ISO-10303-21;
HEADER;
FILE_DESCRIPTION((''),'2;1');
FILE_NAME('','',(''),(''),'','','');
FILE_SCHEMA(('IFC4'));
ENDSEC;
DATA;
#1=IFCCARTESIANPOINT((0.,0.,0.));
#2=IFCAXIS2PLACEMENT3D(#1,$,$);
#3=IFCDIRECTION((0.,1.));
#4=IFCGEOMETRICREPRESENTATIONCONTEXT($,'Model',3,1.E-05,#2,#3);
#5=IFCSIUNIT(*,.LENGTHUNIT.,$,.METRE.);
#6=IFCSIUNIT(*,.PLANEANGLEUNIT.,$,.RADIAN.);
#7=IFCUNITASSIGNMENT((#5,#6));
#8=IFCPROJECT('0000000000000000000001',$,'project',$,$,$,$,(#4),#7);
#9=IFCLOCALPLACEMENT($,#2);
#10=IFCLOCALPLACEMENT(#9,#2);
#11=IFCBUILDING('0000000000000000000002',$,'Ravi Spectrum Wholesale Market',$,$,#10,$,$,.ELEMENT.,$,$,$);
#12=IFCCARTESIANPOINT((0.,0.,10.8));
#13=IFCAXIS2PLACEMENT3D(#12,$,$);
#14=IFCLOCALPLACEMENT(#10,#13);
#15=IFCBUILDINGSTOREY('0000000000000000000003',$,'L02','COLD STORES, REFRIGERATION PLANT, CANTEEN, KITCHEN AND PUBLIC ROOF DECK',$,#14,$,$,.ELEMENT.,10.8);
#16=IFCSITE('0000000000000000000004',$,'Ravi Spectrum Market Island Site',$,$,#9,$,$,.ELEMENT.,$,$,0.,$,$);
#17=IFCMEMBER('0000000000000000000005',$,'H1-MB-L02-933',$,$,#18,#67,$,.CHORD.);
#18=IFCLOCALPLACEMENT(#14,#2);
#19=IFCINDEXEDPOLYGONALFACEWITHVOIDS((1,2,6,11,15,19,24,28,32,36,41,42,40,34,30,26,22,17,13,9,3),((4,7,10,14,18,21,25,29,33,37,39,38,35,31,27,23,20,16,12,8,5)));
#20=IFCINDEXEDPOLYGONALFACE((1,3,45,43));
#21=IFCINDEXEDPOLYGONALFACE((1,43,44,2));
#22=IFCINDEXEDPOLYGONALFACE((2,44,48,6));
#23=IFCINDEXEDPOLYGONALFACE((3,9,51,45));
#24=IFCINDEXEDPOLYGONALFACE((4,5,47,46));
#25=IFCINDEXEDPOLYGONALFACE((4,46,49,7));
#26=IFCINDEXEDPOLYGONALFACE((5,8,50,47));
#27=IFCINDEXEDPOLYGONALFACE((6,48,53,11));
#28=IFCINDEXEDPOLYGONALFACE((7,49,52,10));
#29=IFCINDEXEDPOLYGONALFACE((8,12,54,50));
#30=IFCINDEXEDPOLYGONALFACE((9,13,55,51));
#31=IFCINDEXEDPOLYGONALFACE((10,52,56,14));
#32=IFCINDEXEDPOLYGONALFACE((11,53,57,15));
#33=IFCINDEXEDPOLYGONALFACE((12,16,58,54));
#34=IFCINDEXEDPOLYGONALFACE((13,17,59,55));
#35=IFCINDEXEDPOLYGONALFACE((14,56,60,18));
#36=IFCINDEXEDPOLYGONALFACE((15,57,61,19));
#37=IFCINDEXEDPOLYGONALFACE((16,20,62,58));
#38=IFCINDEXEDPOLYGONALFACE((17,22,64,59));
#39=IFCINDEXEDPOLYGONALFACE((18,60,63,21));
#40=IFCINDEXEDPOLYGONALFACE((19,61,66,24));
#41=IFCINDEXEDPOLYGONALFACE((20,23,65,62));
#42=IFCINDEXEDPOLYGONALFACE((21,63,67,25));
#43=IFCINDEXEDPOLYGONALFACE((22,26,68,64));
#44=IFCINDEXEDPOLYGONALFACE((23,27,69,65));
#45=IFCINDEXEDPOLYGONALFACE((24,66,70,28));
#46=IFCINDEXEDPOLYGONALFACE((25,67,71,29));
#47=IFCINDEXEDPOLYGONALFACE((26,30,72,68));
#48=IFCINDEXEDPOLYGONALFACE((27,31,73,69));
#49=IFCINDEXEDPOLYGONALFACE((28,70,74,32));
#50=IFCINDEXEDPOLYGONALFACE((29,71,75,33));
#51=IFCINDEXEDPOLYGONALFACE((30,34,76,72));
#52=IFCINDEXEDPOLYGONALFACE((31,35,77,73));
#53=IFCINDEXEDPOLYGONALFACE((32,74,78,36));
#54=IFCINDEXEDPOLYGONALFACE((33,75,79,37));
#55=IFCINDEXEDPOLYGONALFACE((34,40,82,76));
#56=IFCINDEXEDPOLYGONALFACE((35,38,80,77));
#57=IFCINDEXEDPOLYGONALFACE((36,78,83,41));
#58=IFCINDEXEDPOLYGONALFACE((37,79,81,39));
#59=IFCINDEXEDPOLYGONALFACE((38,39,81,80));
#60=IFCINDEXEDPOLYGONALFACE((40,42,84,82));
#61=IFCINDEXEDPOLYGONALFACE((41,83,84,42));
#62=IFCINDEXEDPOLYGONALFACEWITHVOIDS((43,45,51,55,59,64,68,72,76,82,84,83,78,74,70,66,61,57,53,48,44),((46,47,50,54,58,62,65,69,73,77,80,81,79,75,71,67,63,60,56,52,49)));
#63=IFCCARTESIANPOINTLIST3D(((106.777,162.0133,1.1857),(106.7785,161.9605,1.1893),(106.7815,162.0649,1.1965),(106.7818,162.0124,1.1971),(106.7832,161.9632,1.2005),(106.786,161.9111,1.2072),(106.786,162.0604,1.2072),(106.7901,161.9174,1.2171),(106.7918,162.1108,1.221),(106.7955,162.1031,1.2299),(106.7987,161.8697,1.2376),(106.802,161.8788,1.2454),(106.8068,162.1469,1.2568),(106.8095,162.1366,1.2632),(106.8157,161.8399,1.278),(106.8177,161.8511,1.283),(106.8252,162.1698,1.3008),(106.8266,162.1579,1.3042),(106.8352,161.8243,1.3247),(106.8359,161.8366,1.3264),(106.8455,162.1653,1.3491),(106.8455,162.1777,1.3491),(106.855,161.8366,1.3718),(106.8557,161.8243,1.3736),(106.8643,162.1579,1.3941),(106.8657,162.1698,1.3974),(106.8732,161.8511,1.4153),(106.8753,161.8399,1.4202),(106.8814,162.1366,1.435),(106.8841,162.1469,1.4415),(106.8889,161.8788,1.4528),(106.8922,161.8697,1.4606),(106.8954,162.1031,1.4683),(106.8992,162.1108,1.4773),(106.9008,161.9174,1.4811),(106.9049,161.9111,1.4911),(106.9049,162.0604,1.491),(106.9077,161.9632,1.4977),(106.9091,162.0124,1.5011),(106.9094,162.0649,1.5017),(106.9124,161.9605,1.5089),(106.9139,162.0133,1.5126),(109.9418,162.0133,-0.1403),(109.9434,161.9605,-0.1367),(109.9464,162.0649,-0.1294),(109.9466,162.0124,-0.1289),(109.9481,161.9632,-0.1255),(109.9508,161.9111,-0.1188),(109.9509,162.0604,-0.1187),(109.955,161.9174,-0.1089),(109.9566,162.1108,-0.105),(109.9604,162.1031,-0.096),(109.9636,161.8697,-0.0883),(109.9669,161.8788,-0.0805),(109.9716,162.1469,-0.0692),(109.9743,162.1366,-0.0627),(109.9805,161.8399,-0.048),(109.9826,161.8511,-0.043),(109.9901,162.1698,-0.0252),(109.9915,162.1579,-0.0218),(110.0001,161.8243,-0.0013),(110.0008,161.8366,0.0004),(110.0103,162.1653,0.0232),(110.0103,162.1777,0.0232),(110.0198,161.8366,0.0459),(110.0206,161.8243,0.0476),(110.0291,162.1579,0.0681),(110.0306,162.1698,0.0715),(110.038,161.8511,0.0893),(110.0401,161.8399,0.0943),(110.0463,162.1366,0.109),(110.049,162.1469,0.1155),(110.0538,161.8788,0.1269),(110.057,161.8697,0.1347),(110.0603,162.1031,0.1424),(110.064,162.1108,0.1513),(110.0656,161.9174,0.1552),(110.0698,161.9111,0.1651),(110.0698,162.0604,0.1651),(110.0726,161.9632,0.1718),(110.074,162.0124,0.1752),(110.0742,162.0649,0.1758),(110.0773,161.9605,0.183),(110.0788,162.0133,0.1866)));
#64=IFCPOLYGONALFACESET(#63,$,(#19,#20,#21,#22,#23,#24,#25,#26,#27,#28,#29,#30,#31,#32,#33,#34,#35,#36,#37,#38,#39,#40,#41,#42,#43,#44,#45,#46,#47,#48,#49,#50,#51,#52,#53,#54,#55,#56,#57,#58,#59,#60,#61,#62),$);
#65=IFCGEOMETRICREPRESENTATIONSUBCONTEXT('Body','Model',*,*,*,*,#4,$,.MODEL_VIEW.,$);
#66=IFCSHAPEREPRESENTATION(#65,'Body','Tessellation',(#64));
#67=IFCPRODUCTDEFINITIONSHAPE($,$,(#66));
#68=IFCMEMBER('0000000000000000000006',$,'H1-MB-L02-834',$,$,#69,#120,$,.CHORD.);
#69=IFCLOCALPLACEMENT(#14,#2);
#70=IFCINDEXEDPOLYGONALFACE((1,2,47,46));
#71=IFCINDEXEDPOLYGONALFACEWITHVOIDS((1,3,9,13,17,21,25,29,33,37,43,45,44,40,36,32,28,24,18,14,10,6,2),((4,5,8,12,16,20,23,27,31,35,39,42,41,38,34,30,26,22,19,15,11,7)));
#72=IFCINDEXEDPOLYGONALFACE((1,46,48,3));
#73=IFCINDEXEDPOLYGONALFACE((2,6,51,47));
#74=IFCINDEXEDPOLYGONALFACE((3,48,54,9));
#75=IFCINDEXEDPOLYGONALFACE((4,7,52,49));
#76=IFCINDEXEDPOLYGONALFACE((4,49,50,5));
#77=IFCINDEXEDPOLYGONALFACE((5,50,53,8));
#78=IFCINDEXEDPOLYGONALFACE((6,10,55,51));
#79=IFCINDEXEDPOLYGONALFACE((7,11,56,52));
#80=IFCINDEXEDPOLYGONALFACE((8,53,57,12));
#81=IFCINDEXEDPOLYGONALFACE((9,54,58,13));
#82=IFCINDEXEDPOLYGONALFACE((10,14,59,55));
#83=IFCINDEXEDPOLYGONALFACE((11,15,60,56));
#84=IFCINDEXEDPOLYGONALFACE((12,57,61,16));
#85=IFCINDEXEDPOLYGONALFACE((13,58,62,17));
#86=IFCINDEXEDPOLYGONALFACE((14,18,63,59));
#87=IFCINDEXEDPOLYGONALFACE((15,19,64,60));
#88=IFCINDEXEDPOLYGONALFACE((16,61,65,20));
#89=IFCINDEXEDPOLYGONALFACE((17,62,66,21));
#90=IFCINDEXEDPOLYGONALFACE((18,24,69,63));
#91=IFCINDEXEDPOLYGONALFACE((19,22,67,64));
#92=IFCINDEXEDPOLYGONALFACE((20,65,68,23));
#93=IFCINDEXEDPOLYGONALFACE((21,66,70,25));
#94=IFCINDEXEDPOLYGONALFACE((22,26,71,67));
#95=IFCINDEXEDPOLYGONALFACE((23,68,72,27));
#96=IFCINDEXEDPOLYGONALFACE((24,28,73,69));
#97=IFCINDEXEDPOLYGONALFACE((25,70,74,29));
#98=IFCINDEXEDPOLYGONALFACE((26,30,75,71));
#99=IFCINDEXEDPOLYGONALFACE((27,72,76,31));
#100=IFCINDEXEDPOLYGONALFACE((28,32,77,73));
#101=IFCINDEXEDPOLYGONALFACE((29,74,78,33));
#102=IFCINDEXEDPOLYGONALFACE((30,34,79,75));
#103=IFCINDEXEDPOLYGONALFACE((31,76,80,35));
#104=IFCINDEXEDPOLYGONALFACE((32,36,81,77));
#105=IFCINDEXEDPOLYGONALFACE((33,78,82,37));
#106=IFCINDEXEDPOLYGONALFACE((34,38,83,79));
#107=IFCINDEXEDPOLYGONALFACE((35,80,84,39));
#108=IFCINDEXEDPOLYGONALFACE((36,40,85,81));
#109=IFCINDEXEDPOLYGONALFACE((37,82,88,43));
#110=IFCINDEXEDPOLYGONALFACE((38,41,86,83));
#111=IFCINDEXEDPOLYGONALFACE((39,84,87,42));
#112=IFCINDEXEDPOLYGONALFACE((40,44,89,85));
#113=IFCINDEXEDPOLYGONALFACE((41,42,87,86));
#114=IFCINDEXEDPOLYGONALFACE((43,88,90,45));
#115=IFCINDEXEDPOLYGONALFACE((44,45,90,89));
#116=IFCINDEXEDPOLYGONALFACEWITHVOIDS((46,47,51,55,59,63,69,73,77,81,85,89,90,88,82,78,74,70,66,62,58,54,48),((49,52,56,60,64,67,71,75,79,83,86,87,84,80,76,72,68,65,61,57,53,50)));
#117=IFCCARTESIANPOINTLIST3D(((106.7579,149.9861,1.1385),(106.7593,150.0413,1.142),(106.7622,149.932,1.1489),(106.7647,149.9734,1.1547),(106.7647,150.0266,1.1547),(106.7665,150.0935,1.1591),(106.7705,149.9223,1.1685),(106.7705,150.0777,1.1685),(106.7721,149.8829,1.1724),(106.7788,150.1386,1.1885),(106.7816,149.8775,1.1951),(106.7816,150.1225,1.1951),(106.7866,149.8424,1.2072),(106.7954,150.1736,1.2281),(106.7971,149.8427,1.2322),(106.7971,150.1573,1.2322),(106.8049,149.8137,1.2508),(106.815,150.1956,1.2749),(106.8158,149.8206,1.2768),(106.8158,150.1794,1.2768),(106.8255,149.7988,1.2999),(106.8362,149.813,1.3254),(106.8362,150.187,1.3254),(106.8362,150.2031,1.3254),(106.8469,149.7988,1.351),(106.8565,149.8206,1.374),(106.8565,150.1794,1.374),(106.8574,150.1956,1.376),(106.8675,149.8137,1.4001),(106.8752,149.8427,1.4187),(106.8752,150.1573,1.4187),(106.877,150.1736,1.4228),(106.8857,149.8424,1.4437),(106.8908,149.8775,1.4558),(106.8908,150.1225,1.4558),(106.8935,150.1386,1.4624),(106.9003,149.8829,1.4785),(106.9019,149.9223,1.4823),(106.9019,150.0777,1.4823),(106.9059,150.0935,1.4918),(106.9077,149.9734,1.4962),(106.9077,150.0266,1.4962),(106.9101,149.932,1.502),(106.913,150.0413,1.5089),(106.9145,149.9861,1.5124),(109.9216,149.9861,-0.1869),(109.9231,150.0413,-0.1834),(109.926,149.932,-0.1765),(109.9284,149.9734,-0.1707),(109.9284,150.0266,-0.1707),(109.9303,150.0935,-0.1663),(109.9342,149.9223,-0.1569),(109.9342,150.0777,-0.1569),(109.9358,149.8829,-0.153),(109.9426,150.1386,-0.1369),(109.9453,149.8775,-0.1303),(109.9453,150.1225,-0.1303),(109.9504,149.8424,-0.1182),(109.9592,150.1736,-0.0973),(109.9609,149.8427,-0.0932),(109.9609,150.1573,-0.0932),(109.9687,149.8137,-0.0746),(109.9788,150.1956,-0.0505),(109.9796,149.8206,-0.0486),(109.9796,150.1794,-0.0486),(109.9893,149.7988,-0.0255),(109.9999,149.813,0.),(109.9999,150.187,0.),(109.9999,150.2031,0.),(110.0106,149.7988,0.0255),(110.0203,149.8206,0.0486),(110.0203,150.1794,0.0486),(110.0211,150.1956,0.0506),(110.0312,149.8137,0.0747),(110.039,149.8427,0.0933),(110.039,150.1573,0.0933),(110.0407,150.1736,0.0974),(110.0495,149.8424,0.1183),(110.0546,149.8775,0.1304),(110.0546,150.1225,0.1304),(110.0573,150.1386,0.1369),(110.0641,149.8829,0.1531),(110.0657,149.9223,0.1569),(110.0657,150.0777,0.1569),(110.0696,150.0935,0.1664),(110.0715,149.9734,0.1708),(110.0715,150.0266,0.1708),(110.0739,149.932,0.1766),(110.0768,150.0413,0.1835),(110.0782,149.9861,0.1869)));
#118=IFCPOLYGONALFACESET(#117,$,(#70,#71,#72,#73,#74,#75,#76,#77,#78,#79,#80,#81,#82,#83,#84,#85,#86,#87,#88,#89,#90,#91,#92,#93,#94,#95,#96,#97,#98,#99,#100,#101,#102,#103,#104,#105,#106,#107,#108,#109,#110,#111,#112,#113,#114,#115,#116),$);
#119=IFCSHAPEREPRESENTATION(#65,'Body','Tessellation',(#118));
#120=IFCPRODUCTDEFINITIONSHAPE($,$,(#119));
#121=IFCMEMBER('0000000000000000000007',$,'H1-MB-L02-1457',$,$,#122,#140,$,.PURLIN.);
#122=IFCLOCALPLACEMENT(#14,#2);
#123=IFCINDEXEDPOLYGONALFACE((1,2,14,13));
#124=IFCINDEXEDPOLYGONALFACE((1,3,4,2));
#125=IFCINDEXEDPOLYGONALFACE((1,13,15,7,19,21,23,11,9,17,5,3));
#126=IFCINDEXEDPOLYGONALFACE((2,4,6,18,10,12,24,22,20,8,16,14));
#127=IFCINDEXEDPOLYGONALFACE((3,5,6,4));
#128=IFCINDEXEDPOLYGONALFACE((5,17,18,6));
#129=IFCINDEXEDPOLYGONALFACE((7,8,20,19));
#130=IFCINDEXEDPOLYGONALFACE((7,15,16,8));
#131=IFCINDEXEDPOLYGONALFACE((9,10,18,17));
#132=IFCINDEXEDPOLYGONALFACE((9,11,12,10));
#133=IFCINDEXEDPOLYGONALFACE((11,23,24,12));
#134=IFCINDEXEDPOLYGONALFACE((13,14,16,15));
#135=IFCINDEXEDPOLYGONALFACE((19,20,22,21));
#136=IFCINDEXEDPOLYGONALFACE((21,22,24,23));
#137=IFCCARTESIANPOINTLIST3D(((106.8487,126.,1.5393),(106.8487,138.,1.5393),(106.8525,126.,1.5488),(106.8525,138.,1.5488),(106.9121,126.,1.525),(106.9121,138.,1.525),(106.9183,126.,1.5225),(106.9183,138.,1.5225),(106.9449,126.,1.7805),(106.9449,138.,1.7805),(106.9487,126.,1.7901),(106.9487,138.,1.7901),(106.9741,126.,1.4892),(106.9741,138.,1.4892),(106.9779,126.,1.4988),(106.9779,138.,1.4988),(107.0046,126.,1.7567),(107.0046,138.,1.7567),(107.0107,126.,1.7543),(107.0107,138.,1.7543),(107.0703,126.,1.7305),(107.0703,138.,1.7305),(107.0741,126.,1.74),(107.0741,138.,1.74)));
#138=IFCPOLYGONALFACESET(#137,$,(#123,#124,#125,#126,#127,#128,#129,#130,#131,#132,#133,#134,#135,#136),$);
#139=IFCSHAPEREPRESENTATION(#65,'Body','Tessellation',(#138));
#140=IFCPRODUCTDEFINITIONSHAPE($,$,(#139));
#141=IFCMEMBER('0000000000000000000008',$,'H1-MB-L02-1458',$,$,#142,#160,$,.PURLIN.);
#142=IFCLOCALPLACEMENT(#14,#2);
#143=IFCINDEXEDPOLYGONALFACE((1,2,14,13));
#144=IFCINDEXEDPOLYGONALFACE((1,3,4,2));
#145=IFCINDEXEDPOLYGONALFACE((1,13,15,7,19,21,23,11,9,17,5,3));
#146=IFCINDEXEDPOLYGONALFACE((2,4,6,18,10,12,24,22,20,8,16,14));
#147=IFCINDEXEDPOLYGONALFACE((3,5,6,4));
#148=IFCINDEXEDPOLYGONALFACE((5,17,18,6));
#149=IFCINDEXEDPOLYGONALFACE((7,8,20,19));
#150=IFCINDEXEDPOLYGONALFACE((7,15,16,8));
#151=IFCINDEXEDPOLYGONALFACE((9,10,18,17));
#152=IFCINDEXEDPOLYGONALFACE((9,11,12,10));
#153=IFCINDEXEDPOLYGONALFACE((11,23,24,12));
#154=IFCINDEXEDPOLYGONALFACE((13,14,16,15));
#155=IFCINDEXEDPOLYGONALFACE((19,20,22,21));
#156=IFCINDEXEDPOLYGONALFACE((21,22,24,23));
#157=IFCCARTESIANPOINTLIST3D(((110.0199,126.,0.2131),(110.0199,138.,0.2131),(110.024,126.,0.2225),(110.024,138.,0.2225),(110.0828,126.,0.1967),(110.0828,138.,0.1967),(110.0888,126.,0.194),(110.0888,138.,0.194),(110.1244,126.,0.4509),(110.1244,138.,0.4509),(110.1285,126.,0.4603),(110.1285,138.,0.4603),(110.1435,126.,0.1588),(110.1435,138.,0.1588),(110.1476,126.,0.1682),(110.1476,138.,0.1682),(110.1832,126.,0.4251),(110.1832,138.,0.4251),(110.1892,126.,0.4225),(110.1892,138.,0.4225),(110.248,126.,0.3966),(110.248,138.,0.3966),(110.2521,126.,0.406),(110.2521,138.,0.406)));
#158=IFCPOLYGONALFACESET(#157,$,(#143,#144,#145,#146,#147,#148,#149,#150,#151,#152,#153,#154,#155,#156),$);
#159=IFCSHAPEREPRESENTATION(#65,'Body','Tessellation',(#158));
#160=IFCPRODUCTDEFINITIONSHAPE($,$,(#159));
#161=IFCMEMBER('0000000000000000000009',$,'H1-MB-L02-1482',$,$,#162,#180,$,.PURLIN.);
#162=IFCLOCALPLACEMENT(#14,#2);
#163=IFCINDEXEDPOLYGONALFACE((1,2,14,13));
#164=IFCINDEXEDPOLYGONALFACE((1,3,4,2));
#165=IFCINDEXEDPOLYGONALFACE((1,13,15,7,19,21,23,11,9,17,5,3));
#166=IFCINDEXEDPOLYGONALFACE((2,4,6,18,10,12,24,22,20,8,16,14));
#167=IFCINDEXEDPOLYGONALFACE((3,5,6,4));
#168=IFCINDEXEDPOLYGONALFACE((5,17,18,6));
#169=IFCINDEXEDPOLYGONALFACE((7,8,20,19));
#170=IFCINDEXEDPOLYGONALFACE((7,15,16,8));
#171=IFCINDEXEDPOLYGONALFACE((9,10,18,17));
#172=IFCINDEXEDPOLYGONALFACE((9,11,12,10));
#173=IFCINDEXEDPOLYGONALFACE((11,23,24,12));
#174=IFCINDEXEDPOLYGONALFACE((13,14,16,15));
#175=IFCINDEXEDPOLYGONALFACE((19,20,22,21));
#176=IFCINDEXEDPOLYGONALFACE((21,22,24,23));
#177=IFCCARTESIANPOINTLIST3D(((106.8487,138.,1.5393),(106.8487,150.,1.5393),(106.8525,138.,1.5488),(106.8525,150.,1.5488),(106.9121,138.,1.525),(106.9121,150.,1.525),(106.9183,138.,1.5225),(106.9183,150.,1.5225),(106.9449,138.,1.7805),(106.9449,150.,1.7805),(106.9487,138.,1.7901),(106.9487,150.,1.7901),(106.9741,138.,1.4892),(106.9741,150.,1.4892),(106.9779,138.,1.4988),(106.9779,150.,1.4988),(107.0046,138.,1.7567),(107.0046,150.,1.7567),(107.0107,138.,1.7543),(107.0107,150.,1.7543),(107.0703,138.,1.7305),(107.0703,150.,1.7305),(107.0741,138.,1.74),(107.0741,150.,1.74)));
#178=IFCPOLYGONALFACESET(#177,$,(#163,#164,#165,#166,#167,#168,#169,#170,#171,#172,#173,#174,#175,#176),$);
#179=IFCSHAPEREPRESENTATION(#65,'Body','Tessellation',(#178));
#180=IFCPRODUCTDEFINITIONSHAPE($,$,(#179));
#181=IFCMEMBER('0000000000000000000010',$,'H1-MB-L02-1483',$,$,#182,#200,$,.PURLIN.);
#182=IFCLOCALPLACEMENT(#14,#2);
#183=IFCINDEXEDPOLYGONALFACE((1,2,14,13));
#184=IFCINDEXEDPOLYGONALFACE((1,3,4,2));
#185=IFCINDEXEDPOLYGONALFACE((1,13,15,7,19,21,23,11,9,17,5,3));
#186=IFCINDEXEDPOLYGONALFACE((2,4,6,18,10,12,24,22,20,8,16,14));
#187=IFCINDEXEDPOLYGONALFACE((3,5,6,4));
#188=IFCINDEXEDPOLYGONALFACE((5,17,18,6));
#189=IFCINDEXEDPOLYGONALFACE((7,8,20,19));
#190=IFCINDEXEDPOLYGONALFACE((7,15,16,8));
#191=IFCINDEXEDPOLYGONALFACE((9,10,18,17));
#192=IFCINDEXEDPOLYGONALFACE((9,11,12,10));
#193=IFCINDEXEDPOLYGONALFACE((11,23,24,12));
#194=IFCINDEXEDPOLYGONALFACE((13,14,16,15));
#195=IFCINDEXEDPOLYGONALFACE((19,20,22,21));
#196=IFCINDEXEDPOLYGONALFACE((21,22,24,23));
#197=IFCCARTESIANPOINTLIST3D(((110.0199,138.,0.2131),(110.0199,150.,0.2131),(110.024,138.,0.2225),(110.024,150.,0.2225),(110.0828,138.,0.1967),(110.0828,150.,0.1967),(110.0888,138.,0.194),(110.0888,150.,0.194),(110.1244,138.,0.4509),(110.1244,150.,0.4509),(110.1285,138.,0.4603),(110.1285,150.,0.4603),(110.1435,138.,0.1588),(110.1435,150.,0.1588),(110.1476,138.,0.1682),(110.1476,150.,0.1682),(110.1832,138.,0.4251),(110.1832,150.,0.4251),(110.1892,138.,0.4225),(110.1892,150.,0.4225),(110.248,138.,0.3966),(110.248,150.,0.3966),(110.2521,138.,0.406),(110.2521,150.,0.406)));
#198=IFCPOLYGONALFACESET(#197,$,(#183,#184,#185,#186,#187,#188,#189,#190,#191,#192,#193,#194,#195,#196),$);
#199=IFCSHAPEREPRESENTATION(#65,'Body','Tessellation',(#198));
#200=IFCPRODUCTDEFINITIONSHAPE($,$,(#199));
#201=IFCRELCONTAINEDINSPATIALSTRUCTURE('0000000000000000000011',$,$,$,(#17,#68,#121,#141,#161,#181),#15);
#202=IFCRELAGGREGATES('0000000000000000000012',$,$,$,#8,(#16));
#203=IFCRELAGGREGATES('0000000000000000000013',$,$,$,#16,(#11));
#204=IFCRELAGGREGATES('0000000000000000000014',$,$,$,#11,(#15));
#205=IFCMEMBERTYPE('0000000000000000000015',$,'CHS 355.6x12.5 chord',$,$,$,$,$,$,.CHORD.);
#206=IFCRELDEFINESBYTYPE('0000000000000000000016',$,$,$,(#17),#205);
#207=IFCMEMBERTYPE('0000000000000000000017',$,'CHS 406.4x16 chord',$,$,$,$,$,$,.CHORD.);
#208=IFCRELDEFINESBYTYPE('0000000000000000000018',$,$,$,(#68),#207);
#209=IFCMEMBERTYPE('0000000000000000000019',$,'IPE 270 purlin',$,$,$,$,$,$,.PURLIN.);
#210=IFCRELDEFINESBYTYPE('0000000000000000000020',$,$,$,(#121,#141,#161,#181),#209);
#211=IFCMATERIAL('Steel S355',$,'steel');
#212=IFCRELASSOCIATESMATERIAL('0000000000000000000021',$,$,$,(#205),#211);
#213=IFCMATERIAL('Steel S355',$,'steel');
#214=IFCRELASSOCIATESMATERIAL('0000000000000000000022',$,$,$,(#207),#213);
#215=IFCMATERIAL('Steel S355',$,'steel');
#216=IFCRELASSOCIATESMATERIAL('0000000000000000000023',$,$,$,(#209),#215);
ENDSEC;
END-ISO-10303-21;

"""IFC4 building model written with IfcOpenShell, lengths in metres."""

from ifc_helpers import new_model, si_unit, direction, frame, origin, origin_2d, place, context, subcontext, project, spatial, hollow_circle, i_section, extrude, material, material_profile, profile_set, type_object, element, save


model = new_model("IFC4")

# Units and contexts
model_context = context("Model", 3, precision=1e-05, world=origin(), true_north=direction((0.0, 1.0)))
body_context = subcontext(model_context, "Body", "Model", "MODEL_VIEW")
ifc_project = project(units=[si_unit("LENGTHUNIT", "METRE"), si_unit("PLANEANGLEUNIT", "RADIAN")], contexts=[model_context])

# Site, building, storey
site_placement = place(None, origin())
site = spatial("IfcSite", under=ifc_project, at=site_placement, Name="Ravi Spectrum Market Island Site", CompositionType="ELEMENT", RefElevation=0.0)
building_placement = place(site_placement, origin())
building = spatial("IfcBuilding", under=site, at=building_placement, Name="Ravi Spectrum Wholesale Market", CompositionType="ELEMENT")
storey_placement = place(building_placement, frame((0.0, 0.0, 10.8)))
storey = spatial("IfcBuildingStorey", under=building, at=storey_placement, Name="L02", Description="COLD STORES, REFRIGERATION PLANT, CANTEEN, KITCHEN AND PUBLIC ROOF DECK", CompositionType="ELEMENT", Elevation=10.8)

# Members
ifc_material_1 = material(Name="Steel S355", Category="steel")
ifc_material_profile_1 = material_profile(ifc_material_1, hollow_circle(Radius=0.1777, WallThickness=0.0125, at=origin_2d()))
ifc_profile_set_1 = profile_set([ifc_material_profile_1], Name="Steel S355")
member_type_1 = type_object("IfcMemberType", Name="CHS 355.6x12.5 chord", PredefinedType="CHORD", material=ifc_profile_set_1)
for number, where, z_axis, x_axis, name in (
    (1, (106.8455, 162.0, 1.3491), (0.922324, 0.0, -0.386418), (0.0, 1.0, 0.0), "H1-MB-L02-933"),
):
    element("IfcMember", number, at=place(storey_placement, frame(where, z_axis=z_axis, x_axis=x_axis)), inside=storey, type_object=member_type_1, Name=name, PredefinedType="CHORD", context=body_context, shape_type="SweptSolid", body=[
        extrude(hollow_circle(Radius=0.1777, WallThickness=0.0125, at=origin_2d()), origin(), (0.0, 0.0, 1.0), 3.4314),
    ])
ifc_material_2 = material(Name="Steel S355", Category="steel")
ifc_material_profile_2 = material_profile(ifc_material_2, hollow_circle(Radius=0.2031, WallThickness=0.0161, at=origin_2d()))
ifc_profile_set_2 = profile_set([ifc_material_profile_2], Name="Steel S355")
member_type_2 = type_object("IfcMemberType", Name="CHS 406.4x16 chord", PredefinedType="CHORD", material=ifc_profile_set_2)
member_1_placement = place(storey_placement, frame((106.8362, 150.0, 1.3254), z_axis=(0.922332, 0.0, -0.386399), x_axis=(0.0, 1.0, 0.0)))
element("IfcMember", 2, at=member_1_placement, inside=storey, type_object=member_type_2, Name="H1-MB-L02-834", PredefinedType="CHORD", context=body_context, shape_type="SweptSolid", body=[
    extrude(hollow_circle(Radius=0.2031, WallThickness=0.0161, at=origin_2d()), origin(), (0.0, 0.0, 1.0), 3.4302),
])
ifc_material_3 = material(Name="Steel S355", Category="steel")
ifc_material_profile_3 = material_profile(ifc_material_3, i_section(OverallWidth=0.135, OverallDepth=0.27, WebThickness=0.0066, FlangeThickness=0.0103, at=origin_2d()))
ifc_profile_set_3 = profile_set([ifc_material_profile_3], Name="Steel S355")
member_type_3 = type_object("IfcMemberType", Name="IPE 270 purlin", PredefinedType="PURLIN", material=ifc_profile_set_3)
for number, where, z_axis, x_axis, name in (
    (3, (106.9614, 126.0, 1.6396), (0.0, 1.0, 0.0), (-0.928855, 0.0, 0.370443), "H1-MB-L02-1457"),
    (4, (110.136, 126.0, 0.3096), (0.0, 1.0, 0.0), (-0.915525, 0.0, 0.40226), "H1-MB-L02-1458"),
    (5, (106.9614, 138.0, 1.6396), (0.0, 1.0, 0.0), (-0.928855, 0.0, 0.370443), "H1-MB-L02-1482"),
    (6, (110.136, 138.0, 0.3096), (0.0, 1.0, 0.0), (-0.915525, 0.0, 0.40226), "H1-MB-L02-1483"),
):
    element("IfcMember", number, at=place(storey_placement, frame(where, z_axis=z_axis, x_axis=x_axis)), inside=storey, type_object=member_type_3, Name=name, PredefinedType="PURLIN", context=body_context, shape_type="SweptSolid", body=[
        extrude(i_section(OverallWidth=0.135, OverallDepth=0.27, WebThickness=0.0066, FlangeThickness=0.0103, at=origin_2d()), origin(), (0.0, 0.0, 1.0), 12.0),
    ])

save(model, "model.ifc")
